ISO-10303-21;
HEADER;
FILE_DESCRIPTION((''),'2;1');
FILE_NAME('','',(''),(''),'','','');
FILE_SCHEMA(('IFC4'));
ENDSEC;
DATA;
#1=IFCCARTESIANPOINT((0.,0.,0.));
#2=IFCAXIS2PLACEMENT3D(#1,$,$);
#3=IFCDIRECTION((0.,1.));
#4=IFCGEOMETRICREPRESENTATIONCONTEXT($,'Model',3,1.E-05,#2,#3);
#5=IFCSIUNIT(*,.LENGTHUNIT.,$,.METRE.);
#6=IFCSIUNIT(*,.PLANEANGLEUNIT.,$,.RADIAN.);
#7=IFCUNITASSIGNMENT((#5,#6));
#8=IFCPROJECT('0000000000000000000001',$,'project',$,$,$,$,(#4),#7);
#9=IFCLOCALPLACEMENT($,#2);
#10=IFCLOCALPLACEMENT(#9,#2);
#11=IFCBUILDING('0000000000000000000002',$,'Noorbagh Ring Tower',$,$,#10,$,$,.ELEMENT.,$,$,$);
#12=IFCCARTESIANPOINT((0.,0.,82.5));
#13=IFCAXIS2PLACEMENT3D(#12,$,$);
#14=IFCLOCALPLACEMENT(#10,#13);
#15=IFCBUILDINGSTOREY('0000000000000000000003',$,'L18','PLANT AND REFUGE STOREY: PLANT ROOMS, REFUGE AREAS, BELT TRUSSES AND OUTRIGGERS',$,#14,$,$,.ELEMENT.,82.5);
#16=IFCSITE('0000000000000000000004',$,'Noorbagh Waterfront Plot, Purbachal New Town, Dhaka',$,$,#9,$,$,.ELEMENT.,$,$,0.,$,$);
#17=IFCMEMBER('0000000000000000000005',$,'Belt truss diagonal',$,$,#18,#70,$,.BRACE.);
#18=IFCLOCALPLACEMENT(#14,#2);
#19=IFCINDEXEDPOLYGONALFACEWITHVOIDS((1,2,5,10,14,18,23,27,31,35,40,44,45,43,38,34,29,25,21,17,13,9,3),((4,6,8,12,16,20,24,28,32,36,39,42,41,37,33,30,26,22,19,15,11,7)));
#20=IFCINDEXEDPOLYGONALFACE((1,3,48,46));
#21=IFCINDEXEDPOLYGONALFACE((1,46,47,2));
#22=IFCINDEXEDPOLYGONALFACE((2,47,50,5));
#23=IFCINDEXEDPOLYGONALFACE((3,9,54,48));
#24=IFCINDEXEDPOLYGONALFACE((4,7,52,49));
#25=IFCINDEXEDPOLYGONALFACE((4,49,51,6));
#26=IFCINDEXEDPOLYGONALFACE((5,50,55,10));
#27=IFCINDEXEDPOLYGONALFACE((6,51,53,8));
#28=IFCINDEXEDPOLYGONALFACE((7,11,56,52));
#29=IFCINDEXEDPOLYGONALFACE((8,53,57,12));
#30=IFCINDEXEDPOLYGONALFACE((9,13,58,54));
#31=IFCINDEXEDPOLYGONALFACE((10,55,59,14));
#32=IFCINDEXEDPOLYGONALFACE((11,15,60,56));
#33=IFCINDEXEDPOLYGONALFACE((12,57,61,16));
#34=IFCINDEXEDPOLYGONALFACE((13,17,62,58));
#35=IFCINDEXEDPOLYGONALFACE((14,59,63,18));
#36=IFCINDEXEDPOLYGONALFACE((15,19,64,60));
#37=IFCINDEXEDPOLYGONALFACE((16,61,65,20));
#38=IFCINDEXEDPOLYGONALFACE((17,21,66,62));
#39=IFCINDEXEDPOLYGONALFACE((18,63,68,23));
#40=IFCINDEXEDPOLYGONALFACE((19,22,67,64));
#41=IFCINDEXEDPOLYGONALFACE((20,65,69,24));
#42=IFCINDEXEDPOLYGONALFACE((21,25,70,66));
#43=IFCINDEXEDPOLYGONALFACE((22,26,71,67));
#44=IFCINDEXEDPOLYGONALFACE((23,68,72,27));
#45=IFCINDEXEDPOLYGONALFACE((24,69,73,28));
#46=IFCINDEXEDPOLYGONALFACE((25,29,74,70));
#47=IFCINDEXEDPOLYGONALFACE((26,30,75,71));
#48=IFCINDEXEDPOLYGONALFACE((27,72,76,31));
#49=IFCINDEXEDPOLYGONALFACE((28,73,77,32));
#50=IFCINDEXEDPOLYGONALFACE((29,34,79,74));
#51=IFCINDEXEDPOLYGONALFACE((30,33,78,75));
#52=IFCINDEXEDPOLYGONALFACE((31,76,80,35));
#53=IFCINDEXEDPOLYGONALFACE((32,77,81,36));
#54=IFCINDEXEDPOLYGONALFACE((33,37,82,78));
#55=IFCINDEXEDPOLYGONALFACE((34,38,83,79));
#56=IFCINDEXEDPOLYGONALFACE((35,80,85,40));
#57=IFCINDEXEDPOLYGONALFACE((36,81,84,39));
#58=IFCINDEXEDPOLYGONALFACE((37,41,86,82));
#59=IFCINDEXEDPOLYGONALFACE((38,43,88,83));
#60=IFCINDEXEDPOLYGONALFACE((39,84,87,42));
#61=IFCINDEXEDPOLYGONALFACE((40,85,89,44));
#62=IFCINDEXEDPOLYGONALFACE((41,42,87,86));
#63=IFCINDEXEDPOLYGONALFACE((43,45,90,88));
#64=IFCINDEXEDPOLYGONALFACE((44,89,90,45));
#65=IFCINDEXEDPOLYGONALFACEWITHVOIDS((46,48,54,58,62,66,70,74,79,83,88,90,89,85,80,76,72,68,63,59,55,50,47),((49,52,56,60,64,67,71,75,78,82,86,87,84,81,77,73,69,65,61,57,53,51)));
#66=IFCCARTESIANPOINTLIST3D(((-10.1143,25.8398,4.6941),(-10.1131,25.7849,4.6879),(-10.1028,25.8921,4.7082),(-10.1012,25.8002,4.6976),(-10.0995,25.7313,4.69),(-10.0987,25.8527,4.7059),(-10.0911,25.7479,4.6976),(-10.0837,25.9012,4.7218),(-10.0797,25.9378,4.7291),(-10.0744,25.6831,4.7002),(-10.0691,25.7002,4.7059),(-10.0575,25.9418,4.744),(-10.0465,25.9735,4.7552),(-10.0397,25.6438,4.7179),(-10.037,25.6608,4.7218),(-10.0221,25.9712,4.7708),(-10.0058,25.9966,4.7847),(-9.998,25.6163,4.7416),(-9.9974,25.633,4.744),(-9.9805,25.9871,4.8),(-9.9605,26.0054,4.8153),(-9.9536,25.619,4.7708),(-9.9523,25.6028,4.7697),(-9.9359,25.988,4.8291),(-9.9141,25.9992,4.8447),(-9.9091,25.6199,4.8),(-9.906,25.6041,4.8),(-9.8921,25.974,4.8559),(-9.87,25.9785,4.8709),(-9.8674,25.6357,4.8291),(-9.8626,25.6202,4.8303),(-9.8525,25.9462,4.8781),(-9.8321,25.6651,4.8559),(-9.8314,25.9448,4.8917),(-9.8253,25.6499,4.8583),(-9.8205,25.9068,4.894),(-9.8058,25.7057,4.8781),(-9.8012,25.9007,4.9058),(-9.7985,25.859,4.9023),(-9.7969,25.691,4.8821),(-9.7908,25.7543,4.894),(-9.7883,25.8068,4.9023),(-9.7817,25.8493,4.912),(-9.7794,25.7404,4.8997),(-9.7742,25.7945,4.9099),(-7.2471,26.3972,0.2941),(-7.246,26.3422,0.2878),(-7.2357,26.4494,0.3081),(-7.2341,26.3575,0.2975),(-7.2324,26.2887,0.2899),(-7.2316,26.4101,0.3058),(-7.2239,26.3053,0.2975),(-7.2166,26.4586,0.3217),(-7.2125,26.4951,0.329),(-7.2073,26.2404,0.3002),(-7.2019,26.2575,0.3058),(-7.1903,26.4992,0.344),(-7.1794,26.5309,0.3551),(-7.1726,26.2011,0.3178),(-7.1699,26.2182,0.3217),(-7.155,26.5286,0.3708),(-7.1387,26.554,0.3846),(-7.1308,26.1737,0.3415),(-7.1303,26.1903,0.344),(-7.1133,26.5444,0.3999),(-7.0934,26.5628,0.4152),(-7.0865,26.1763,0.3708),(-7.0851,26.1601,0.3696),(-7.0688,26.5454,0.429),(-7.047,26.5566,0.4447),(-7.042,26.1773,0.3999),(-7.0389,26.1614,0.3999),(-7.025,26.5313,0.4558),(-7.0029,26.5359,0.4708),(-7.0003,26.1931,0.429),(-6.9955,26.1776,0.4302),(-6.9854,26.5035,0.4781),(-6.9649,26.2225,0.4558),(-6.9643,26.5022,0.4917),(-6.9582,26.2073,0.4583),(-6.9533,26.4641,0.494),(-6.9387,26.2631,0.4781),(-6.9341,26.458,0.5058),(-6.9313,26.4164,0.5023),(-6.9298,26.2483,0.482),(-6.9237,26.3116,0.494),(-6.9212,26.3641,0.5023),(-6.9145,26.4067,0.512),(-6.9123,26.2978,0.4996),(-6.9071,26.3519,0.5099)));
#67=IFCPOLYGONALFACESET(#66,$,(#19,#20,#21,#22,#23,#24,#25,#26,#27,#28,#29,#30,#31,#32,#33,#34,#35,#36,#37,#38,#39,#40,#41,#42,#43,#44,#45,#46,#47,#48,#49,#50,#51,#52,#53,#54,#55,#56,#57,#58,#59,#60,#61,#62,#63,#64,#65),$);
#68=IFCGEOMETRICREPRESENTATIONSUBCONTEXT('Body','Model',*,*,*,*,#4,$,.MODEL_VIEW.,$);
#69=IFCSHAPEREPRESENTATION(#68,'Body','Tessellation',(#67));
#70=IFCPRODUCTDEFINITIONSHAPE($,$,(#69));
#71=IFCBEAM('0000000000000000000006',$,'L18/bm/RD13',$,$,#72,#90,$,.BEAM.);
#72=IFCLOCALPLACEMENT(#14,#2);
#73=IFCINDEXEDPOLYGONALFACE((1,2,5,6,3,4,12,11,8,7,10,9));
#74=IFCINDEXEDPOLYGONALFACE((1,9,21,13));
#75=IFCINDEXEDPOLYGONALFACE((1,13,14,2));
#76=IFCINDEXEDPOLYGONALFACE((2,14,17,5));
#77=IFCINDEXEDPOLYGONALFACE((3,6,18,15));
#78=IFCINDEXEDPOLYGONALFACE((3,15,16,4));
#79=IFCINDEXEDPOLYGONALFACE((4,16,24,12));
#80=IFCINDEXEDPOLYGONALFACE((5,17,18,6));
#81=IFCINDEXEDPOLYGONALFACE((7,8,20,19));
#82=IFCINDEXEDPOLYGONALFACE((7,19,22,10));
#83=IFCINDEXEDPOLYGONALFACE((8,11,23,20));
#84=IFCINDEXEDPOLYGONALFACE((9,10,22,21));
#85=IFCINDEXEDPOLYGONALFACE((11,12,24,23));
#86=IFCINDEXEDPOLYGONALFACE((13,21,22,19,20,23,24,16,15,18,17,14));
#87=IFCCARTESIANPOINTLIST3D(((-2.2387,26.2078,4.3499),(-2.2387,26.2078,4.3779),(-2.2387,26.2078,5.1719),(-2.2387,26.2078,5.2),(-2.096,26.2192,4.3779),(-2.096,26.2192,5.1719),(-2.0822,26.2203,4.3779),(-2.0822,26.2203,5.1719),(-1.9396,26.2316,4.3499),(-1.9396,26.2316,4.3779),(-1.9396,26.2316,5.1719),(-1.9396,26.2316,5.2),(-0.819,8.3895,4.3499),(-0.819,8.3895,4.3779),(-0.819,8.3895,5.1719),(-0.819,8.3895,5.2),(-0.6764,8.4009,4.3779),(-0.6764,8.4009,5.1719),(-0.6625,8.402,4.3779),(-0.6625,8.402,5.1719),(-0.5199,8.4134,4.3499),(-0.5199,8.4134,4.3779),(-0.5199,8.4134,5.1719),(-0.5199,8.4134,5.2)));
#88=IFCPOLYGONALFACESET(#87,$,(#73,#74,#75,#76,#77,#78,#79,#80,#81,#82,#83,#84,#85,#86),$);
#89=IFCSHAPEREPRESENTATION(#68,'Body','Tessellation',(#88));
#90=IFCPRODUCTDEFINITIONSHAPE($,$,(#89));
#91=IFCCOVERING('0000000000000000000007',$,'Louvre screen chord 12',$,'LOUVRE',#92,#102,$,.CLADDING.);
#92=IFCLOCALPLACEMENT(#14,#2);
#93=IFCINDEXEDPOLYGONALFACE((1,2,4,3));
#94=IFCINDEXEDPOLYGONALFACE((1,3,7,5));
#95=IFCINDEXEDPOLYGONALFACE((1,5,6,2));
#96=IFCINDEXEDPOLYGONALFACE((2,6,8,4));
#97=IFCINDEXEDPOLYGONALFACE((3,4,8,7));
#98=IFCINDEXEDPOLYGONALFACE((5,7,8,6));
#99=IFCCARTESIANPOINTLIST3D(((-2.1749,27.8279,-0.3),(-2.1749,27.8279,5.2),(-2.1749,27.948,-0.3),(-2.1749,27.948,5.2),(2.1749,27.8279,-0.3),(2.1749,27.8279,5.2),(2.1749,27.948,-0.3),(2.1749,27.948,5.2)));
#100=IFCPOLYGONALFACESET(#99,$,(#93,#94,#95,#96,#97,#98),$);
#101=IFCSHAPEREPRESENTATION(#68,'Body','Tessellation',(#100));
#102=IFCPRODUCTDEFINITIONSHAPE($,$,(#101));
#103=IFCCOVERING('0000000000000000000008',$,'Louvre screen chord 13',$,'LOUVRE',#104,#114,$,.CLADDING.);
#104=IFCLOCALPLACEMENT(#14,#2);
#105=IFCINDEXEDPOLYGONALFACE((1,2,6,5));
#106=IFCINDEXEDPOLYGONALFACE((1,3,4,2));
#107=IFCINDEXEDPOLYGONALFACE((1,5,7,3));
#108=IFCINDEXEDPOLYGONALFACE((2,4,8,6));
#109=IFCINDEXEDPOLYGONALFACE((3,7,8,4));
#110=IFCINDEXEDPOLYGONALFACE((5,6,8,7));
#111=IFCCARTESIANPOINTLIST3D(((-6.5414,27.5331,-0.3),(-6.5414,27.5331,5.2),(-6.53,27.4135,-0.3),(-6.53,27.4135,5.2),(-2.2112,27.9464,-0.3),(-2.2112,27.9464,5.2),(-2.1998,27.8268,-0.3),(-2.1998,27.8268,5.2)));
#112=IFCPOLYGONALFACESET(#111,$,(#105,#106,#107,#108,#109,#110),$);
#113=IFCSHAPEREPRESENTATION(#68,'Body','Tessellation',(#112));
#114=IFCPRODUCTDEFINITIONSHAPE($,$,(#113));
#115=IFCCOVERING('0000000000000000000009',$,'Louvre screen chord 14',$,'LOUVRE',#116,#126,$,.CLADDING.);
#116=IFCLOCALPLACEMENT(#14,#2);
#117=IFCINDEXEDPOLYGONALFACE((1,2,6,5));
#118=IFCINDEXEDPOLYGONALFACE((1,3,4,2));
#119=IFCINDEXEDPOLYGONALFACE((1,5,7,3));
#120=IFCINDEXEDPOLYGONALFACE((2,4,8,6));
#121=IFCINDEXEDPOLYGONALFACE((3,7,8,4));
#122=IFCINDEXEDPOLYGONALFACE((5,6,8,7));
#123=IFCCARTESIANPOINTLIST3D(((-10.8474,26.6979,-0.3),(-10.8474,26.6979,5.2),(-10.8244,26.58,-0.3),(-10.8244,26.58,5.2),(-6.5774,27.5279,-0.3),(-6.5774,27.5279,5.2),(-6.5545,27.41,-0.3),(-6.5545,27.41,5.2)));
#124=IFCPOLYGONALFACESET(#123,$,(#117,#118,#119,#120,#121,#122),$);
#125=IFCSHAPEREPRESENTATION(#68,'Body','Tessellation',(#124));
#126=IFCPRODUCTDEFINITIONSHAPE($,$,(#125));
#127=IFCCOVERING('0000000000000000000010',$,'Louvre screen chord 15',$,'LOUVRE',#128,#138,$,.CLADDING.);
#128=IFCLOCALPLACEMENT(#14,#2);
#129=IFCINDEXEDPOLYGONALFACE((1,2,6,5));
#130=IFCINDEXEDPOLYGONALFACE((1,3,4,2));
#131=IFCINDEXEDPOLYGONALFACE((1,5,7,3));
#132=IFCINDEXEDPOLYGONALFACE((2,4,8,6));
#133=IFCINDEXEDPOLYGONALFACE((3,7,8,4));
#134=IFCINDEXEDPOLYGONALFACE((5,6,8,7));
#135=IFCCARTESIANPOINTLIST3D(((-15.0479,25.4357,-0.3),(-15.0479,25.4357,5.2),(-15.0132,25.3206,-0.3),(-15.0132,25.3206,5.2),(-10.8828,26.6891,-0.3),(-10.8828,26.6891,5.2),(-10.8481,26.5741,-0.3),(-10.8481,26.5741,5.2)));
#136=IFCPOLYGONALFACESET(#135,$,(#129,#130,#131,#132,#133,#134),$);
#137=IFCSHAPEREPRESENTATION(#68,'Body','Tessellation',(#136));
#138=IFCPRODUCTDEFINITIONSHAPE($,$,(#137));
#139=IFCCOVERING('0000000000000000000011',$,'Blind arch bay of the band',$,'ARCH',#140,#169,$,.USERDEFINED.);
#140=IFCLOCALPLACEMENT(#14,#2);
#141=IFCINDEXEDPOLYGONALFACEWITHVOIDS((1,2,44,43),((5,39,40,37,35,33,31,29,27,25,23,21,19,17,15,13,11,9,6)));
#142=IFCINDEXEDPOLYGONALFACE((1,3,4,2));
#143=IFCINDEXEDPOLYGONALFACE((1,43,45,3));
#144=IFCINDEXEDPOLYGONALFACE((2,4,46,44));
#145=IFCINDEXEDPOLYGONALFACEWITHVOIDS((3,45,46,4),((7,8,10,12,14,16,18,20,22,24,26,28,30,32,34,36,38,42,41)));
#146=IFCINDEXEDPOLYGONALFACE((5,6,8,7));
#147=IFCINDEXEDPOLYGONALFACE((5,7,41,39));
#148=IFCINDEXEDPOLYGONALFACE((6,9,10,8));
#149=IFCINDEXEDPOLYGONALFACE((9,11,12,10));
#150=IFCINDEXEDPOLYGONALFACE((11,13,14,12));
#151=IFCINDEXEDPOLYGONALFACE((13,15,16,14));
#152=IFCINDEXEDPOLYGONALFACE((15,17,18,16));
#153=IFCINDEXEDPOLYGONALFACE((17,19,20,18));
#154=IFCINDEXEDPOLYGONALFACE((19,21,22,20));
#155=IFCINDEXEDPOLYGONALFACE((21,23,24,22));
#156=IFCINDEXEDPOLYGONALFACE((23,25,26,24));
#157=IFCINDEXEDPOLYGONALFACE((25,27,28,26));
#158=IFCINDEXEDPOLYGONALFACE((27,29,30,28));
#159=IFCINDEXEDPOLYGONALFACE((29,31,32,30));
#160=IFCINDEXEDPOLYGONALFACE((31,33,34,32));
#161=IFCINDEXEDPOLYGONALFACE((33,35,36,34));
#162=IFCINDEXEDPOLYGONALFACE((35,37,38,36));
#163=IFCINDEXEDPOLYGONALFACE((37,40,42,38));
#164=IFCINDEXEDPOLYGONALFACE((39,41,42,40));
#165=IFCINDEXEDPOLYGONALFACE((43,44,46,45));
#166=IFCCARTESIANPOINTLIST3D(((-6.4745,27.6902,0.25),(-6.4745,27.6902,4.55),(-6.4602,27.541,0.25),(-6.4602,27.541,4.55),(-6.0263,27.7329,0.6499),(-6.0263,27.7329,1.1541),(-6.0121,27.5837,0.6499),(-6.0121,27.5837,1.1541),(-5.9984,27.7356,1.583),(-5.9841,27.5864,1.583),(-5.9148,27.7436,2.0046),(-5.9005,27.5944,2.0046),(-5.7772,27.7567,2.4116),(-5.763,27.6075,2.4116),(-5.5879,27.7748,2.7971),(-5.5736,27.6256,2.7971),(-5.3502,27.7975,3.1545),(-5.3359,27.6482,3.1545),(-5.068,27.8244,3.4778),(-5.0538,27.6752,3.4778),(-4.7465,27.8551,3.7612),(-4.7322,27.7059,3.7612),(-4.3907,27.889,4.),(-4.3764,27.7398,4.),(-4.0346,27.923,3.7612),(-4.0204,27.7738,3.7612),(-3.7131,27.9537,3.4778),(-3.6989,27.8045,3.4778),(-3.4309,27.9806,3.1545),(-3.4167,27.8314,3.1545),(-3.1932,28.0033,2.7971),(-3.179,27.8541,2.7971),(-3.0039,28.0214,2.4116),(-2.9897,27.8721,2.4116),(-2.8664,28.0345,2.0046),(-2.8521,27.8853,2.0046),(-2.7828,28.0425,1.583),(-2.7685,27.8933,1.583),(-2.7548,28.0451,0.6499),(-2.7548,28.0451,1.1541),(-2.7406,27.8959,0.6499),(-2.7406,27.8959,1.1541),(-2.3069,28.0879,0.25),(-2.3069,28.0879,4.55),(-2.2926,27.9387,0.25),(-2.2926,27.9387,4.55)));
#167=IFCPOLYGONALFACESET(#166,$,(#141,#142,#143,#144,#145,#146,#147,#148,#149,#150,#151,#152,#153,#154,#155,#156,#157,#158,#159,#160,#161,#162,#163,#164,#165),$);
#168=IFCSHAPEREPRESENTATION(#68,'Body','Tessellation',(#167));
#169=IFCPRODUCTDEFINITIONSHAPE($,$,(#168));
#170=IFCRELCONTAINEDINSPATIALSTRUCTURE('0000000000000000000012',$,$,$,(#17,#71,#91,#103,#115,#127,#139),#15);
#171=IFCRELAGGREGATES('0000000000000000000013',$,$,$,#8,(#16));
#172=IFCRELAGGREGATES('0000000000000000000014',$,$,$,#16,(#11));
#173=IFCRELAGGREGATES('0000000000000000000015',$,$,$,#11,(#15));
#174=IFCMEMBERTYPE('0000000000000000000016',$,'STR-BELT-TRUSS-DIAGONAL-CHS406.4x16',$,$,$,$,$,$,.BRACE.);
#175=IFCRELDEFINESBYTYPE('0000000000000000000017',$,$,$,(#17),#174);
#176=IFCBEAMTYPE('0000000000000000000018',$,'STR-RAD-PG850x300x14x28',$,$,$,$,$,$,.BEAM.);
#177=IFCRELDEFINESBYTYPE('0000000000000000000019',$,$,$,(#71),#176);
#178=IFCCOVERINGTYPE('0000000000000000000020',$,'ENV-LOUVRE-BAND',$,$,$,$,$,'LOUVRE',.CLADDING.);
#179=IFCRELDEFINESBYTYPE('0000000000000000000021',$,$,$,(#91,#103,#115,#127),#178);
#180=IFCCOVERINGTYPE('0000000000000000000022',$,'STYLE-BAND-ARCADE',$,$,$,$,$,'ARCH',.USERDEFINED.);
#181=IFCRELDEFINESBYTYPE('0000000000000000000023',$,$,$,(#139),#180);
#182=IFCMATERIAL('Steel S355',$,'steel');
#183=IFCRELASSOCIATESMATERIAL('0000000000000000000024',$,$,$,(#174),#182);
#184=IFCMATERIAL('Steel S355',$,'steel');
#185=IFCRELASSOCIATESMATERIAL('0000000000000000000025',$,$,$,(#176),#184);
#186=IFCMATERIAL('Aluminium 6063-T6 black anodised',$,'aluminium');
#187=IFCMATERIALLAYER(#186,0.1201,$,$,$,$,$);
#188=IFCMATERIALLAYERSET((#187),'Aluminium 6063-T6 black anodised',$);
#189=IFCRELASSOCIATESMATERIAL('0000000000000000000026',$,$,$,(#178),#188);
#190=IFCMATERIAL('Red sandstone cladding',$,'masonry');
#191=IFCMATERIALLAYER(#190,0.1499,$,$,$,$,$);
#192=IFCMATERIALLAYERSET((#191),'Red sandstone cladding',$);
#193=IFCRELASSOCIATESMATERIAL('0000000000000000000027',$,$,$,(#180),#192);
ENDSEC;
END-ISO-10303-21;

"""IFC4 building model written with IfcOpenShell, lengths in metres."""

from ifc_helpers import new_model, si_unit, direction, frame, origin, origin_2d, place, context, subcontext, project, spatial, polyline, rectangle, hollow_circle, i_section, outline, extrude, material, layer, layer_set, material_profile, profile_set, type_object, element, save


model = new_model("IFC4")

# Units and contexts
model_context = context("Model", 3, precision=1e-05, world=origin(), true_north=direction((0.0, 1.0)))
body_context = subcontext(model_context, "Body", "Model", "MODEL_VIEW")
ifc_project = project(units=[si_unit("LENGTHUNIT", "METRE"), si_unit("PLANEANGLEUNIT", "RADIAN")], contexts=[model_context])

# Site, building, storey
site_placement = place(None, origin())
site = spatial("IfcSite", under=ifc_project, at=site_placement, Name="Noorbagh Waterfront Plot, Purbachal New Town, Dhaka", CompositionType="ELEMENT", RefElevation=0.0)
building_placement = place(site_placement, origin())
building = spatial("IfcBuilding", under=site, at=building_placement, Name="Noorbagh Ring Tower", CompositionType="ELEMENT")
storey_placement = place(building_placement, frame((0.0, 0.0, 82.5)))
storey = spatial("IfcBuildingStorey", under=building, at=storey_placement, Name="L18", Description="PLANT AND REFUGE STOREY: PLANT ROOMS, REFUGE AREAS, BELT TRUSSES AND OUTRIGGERS", CompositionType="ELEMENT", Elevation=82.5)

# Member
ifc_material_1 = material(Name="Steel S355", Category="steel")
ifc_material_profile_1 = material_profile(ifc_material_1, hollow_circle(Radius=0.2031, WallThickness=0.0161, at=origin_2d()), Name="CHS406.4x16")
ifc_profile_set_1 = profile_set([ifc_material_profile_1], Name="Steel S355")
member_type = type_object("IfcMemberType", Name="STR-BELT-TRUSS-DIAGONAL-CHS406.4x16", PredefinedType="BRACE", material=ifc_profile_set_1)
member_1_placement = place(storey_placement, frame((-7.0776, 26.3608, 0.3999), z_axis=(-0.542889, -0.105536, 0.833147), x_axis=(0.190825, -0.981624, 0.0)))
element("IfcMember", 1, at=member_1_placement, inside=storey, type_object=member_type, Name="Belt truss diagonal", PredefinedType="BRACE", context=body_context, shape_type="SweptSolid", body=[
    extrude(hollow_circle(Radius=0.2031, WallThickness=0.0161, at=origin_2d()), origin(), (0.0, 0.0, 1.0), 5.2812),
])

# Beam
ifc_material_2 = material(Name="Steel S355", Category="steel")
ifc_material_profile_2 = material_profile(ifc_material_2, i_section(OverallWidth=0.3, OverallDepth=0.8501, WebThickness=0.0139, FlangeThickness=0.0281, at=origin_2d()), Name="PG850x300x14x28")
ifc_profile_set_2 = profile_set([ifc_material_profile_2], Name="Steel S355")
beam_type_1 = type_object("IfcBeamType", Name="STR-RAD-PG850x300x14x28", PredefinedType="BEAM", material=ifc_profile_set_2)
beam_placement = place(storey_placement, frame((-2.0891, 26.2197, 4.7749), z_axis=(0.079423, -0.996841, 0.0), x_axis=(0.996841, 0.079423, 0.0)))
element("IfcBeam", 2, at=beam_placement, inside=storey, type_object=beam_type_1, Name="L18/bm/RD13", PredefinedType="BEAM", context=body_context, shape_type="SweptSolid", body=[
    extrude(i_section(OverallWidth=0.3, OverallDepth=0.8501, WebThickness=0.0139, FlangeThickness=0.0281, at=origin_2d()), origin(), (0.0, 0.0, 1.0), 17.8748),
])

# Coverings
ifc_material_3 = material(Name="Aluminium 6063-T6 black anodised", Category="aluminium")
ifc_layer_1 = layer(ifc_material_3, 0.1201)
ifc_layer_set_1 = layer_set([ifc_layer_1], Name="Aluminium 6063-T6 black anodised")
covering_type_1 = type_object("IfcCoveringType", Name="ENV-LOUVRE-BAND", ElementType="LOUVRE", PredefinedType="CLADDING", material=ifc_layer_set_1)
for number, where, z_axis, x_axis, name in (
    (3, (0.0, 27.8879, -0.3), (0.0, 0.0, 1.0), (-1.0, 0.0, 0.0), "Louvre screen chord 12"),
    (4, (-4.3706, 27.6799, -0.3), (0.0, 0.0, 1.0), (-0.995476, -0.095008, 0.0), "Louvre screen chord 13"),
    (5, (-8.7009, 27.054, -0.3), (0.0, 0.0, 1.0), (-0.981625, -0.19082, 0.0), "Louvre screen chord 14"),
):
    element("IfcCovering", number, at=place(storey_placement, frame(where, z_axis=z_axis, x_axis=x_axis)), inside=storey, type_object=covering_type_1, Name=name, ObjectType="LOUVRE", PredefinedType="CLADDING", context=body_context, shape_type="SweptSolid", body=[
        extrude(rectangle(XDim=4.3499, YDim=0.1201, at=origin_2d()), origin(), (0.0, 0.0, 1.0), 5.5),
    ])
covering_1_placement = place(storey_placement, frame((-12.948, 26.0049, -0.3), z_axis=(0.0, 0.0, 1.0), x_axis=(-0.957578, -0.288174, 0.0)))
element("IfcCovering", 6, at=covering_1_placement, inside=storey, type_object=covering_type_1, Name="Louvre screen chord 15", ObjectType="LOUVRE", PredefinedType="CLADDING", context=body_context, shape_type="SweptSolid", body=[
    extrude(rectangle(XDim=4.3496, YDim=0.1201, at=origin_2d()), origin(), (0.0, 0.0, 1.0), 5.5),
])
ifc_material_4 = material(Name="Red sandstone cladding", Category="masonry")
ifc_layer_2 = layer(ifc_material_4, 0.1499)
ifc_layer_set_2 = layer_set([ifc_layer_2], Name="Red sandstone cladding")
covering_type_2 = type_object("IfcCoveringType", Name="STYLE-BAND-ARCADE", ElementType="ARCH", PredefinedType="USERDEFINED", material=ifc_layer_set_2)
covering_2_placement = place(storey_placement, frame((-2.3069, 28.0879, 0.25), z_axis=(-0.094999, 0.995477, 0.0), x_axis=(-0.995477, -0.094999, 0.0)))
element("IfcCovering", 7, at=covering_2_placement, inside=storey, type_object=covering_type_2, Name="Blind arch bay of the band", ObjectType="ARCH", PredefinedType="USERDEFINED", context=body_context, shape_type="SweptSolid", body=[
    extrude(outline(polyline([(0.0, 0.0), (4.1865, 0.0), (4.1865, 4.3), (0.0, 4.3), (0.0, 0.0)]), holes=[polyline([(0.45, 0.3999), (0.45, 0.9041), (0.478, 1.333), (0.562, 1.7546), (0.7002, 2.1616), (0.8904, 2.5471), (1.1292, 2.9045), (1.4126, 3.2278), (1.7356, 3.5112), (2.0933, 3.75), (2.4507, 3.5112), (2.7737, 3.2278), (3.0571, 2.9045), (3.2959, 2.5471), (3.4861, 2.1616), (3.6243, 1.7546), (3.7083, 1.333), (3.7363, 0.9041), (3.7363, 0.3999), (0.45, 0.3999)])]), origin(), (0.0, 0.0, -1.0), 0.1499),
])

save(model, "model.ifc")
